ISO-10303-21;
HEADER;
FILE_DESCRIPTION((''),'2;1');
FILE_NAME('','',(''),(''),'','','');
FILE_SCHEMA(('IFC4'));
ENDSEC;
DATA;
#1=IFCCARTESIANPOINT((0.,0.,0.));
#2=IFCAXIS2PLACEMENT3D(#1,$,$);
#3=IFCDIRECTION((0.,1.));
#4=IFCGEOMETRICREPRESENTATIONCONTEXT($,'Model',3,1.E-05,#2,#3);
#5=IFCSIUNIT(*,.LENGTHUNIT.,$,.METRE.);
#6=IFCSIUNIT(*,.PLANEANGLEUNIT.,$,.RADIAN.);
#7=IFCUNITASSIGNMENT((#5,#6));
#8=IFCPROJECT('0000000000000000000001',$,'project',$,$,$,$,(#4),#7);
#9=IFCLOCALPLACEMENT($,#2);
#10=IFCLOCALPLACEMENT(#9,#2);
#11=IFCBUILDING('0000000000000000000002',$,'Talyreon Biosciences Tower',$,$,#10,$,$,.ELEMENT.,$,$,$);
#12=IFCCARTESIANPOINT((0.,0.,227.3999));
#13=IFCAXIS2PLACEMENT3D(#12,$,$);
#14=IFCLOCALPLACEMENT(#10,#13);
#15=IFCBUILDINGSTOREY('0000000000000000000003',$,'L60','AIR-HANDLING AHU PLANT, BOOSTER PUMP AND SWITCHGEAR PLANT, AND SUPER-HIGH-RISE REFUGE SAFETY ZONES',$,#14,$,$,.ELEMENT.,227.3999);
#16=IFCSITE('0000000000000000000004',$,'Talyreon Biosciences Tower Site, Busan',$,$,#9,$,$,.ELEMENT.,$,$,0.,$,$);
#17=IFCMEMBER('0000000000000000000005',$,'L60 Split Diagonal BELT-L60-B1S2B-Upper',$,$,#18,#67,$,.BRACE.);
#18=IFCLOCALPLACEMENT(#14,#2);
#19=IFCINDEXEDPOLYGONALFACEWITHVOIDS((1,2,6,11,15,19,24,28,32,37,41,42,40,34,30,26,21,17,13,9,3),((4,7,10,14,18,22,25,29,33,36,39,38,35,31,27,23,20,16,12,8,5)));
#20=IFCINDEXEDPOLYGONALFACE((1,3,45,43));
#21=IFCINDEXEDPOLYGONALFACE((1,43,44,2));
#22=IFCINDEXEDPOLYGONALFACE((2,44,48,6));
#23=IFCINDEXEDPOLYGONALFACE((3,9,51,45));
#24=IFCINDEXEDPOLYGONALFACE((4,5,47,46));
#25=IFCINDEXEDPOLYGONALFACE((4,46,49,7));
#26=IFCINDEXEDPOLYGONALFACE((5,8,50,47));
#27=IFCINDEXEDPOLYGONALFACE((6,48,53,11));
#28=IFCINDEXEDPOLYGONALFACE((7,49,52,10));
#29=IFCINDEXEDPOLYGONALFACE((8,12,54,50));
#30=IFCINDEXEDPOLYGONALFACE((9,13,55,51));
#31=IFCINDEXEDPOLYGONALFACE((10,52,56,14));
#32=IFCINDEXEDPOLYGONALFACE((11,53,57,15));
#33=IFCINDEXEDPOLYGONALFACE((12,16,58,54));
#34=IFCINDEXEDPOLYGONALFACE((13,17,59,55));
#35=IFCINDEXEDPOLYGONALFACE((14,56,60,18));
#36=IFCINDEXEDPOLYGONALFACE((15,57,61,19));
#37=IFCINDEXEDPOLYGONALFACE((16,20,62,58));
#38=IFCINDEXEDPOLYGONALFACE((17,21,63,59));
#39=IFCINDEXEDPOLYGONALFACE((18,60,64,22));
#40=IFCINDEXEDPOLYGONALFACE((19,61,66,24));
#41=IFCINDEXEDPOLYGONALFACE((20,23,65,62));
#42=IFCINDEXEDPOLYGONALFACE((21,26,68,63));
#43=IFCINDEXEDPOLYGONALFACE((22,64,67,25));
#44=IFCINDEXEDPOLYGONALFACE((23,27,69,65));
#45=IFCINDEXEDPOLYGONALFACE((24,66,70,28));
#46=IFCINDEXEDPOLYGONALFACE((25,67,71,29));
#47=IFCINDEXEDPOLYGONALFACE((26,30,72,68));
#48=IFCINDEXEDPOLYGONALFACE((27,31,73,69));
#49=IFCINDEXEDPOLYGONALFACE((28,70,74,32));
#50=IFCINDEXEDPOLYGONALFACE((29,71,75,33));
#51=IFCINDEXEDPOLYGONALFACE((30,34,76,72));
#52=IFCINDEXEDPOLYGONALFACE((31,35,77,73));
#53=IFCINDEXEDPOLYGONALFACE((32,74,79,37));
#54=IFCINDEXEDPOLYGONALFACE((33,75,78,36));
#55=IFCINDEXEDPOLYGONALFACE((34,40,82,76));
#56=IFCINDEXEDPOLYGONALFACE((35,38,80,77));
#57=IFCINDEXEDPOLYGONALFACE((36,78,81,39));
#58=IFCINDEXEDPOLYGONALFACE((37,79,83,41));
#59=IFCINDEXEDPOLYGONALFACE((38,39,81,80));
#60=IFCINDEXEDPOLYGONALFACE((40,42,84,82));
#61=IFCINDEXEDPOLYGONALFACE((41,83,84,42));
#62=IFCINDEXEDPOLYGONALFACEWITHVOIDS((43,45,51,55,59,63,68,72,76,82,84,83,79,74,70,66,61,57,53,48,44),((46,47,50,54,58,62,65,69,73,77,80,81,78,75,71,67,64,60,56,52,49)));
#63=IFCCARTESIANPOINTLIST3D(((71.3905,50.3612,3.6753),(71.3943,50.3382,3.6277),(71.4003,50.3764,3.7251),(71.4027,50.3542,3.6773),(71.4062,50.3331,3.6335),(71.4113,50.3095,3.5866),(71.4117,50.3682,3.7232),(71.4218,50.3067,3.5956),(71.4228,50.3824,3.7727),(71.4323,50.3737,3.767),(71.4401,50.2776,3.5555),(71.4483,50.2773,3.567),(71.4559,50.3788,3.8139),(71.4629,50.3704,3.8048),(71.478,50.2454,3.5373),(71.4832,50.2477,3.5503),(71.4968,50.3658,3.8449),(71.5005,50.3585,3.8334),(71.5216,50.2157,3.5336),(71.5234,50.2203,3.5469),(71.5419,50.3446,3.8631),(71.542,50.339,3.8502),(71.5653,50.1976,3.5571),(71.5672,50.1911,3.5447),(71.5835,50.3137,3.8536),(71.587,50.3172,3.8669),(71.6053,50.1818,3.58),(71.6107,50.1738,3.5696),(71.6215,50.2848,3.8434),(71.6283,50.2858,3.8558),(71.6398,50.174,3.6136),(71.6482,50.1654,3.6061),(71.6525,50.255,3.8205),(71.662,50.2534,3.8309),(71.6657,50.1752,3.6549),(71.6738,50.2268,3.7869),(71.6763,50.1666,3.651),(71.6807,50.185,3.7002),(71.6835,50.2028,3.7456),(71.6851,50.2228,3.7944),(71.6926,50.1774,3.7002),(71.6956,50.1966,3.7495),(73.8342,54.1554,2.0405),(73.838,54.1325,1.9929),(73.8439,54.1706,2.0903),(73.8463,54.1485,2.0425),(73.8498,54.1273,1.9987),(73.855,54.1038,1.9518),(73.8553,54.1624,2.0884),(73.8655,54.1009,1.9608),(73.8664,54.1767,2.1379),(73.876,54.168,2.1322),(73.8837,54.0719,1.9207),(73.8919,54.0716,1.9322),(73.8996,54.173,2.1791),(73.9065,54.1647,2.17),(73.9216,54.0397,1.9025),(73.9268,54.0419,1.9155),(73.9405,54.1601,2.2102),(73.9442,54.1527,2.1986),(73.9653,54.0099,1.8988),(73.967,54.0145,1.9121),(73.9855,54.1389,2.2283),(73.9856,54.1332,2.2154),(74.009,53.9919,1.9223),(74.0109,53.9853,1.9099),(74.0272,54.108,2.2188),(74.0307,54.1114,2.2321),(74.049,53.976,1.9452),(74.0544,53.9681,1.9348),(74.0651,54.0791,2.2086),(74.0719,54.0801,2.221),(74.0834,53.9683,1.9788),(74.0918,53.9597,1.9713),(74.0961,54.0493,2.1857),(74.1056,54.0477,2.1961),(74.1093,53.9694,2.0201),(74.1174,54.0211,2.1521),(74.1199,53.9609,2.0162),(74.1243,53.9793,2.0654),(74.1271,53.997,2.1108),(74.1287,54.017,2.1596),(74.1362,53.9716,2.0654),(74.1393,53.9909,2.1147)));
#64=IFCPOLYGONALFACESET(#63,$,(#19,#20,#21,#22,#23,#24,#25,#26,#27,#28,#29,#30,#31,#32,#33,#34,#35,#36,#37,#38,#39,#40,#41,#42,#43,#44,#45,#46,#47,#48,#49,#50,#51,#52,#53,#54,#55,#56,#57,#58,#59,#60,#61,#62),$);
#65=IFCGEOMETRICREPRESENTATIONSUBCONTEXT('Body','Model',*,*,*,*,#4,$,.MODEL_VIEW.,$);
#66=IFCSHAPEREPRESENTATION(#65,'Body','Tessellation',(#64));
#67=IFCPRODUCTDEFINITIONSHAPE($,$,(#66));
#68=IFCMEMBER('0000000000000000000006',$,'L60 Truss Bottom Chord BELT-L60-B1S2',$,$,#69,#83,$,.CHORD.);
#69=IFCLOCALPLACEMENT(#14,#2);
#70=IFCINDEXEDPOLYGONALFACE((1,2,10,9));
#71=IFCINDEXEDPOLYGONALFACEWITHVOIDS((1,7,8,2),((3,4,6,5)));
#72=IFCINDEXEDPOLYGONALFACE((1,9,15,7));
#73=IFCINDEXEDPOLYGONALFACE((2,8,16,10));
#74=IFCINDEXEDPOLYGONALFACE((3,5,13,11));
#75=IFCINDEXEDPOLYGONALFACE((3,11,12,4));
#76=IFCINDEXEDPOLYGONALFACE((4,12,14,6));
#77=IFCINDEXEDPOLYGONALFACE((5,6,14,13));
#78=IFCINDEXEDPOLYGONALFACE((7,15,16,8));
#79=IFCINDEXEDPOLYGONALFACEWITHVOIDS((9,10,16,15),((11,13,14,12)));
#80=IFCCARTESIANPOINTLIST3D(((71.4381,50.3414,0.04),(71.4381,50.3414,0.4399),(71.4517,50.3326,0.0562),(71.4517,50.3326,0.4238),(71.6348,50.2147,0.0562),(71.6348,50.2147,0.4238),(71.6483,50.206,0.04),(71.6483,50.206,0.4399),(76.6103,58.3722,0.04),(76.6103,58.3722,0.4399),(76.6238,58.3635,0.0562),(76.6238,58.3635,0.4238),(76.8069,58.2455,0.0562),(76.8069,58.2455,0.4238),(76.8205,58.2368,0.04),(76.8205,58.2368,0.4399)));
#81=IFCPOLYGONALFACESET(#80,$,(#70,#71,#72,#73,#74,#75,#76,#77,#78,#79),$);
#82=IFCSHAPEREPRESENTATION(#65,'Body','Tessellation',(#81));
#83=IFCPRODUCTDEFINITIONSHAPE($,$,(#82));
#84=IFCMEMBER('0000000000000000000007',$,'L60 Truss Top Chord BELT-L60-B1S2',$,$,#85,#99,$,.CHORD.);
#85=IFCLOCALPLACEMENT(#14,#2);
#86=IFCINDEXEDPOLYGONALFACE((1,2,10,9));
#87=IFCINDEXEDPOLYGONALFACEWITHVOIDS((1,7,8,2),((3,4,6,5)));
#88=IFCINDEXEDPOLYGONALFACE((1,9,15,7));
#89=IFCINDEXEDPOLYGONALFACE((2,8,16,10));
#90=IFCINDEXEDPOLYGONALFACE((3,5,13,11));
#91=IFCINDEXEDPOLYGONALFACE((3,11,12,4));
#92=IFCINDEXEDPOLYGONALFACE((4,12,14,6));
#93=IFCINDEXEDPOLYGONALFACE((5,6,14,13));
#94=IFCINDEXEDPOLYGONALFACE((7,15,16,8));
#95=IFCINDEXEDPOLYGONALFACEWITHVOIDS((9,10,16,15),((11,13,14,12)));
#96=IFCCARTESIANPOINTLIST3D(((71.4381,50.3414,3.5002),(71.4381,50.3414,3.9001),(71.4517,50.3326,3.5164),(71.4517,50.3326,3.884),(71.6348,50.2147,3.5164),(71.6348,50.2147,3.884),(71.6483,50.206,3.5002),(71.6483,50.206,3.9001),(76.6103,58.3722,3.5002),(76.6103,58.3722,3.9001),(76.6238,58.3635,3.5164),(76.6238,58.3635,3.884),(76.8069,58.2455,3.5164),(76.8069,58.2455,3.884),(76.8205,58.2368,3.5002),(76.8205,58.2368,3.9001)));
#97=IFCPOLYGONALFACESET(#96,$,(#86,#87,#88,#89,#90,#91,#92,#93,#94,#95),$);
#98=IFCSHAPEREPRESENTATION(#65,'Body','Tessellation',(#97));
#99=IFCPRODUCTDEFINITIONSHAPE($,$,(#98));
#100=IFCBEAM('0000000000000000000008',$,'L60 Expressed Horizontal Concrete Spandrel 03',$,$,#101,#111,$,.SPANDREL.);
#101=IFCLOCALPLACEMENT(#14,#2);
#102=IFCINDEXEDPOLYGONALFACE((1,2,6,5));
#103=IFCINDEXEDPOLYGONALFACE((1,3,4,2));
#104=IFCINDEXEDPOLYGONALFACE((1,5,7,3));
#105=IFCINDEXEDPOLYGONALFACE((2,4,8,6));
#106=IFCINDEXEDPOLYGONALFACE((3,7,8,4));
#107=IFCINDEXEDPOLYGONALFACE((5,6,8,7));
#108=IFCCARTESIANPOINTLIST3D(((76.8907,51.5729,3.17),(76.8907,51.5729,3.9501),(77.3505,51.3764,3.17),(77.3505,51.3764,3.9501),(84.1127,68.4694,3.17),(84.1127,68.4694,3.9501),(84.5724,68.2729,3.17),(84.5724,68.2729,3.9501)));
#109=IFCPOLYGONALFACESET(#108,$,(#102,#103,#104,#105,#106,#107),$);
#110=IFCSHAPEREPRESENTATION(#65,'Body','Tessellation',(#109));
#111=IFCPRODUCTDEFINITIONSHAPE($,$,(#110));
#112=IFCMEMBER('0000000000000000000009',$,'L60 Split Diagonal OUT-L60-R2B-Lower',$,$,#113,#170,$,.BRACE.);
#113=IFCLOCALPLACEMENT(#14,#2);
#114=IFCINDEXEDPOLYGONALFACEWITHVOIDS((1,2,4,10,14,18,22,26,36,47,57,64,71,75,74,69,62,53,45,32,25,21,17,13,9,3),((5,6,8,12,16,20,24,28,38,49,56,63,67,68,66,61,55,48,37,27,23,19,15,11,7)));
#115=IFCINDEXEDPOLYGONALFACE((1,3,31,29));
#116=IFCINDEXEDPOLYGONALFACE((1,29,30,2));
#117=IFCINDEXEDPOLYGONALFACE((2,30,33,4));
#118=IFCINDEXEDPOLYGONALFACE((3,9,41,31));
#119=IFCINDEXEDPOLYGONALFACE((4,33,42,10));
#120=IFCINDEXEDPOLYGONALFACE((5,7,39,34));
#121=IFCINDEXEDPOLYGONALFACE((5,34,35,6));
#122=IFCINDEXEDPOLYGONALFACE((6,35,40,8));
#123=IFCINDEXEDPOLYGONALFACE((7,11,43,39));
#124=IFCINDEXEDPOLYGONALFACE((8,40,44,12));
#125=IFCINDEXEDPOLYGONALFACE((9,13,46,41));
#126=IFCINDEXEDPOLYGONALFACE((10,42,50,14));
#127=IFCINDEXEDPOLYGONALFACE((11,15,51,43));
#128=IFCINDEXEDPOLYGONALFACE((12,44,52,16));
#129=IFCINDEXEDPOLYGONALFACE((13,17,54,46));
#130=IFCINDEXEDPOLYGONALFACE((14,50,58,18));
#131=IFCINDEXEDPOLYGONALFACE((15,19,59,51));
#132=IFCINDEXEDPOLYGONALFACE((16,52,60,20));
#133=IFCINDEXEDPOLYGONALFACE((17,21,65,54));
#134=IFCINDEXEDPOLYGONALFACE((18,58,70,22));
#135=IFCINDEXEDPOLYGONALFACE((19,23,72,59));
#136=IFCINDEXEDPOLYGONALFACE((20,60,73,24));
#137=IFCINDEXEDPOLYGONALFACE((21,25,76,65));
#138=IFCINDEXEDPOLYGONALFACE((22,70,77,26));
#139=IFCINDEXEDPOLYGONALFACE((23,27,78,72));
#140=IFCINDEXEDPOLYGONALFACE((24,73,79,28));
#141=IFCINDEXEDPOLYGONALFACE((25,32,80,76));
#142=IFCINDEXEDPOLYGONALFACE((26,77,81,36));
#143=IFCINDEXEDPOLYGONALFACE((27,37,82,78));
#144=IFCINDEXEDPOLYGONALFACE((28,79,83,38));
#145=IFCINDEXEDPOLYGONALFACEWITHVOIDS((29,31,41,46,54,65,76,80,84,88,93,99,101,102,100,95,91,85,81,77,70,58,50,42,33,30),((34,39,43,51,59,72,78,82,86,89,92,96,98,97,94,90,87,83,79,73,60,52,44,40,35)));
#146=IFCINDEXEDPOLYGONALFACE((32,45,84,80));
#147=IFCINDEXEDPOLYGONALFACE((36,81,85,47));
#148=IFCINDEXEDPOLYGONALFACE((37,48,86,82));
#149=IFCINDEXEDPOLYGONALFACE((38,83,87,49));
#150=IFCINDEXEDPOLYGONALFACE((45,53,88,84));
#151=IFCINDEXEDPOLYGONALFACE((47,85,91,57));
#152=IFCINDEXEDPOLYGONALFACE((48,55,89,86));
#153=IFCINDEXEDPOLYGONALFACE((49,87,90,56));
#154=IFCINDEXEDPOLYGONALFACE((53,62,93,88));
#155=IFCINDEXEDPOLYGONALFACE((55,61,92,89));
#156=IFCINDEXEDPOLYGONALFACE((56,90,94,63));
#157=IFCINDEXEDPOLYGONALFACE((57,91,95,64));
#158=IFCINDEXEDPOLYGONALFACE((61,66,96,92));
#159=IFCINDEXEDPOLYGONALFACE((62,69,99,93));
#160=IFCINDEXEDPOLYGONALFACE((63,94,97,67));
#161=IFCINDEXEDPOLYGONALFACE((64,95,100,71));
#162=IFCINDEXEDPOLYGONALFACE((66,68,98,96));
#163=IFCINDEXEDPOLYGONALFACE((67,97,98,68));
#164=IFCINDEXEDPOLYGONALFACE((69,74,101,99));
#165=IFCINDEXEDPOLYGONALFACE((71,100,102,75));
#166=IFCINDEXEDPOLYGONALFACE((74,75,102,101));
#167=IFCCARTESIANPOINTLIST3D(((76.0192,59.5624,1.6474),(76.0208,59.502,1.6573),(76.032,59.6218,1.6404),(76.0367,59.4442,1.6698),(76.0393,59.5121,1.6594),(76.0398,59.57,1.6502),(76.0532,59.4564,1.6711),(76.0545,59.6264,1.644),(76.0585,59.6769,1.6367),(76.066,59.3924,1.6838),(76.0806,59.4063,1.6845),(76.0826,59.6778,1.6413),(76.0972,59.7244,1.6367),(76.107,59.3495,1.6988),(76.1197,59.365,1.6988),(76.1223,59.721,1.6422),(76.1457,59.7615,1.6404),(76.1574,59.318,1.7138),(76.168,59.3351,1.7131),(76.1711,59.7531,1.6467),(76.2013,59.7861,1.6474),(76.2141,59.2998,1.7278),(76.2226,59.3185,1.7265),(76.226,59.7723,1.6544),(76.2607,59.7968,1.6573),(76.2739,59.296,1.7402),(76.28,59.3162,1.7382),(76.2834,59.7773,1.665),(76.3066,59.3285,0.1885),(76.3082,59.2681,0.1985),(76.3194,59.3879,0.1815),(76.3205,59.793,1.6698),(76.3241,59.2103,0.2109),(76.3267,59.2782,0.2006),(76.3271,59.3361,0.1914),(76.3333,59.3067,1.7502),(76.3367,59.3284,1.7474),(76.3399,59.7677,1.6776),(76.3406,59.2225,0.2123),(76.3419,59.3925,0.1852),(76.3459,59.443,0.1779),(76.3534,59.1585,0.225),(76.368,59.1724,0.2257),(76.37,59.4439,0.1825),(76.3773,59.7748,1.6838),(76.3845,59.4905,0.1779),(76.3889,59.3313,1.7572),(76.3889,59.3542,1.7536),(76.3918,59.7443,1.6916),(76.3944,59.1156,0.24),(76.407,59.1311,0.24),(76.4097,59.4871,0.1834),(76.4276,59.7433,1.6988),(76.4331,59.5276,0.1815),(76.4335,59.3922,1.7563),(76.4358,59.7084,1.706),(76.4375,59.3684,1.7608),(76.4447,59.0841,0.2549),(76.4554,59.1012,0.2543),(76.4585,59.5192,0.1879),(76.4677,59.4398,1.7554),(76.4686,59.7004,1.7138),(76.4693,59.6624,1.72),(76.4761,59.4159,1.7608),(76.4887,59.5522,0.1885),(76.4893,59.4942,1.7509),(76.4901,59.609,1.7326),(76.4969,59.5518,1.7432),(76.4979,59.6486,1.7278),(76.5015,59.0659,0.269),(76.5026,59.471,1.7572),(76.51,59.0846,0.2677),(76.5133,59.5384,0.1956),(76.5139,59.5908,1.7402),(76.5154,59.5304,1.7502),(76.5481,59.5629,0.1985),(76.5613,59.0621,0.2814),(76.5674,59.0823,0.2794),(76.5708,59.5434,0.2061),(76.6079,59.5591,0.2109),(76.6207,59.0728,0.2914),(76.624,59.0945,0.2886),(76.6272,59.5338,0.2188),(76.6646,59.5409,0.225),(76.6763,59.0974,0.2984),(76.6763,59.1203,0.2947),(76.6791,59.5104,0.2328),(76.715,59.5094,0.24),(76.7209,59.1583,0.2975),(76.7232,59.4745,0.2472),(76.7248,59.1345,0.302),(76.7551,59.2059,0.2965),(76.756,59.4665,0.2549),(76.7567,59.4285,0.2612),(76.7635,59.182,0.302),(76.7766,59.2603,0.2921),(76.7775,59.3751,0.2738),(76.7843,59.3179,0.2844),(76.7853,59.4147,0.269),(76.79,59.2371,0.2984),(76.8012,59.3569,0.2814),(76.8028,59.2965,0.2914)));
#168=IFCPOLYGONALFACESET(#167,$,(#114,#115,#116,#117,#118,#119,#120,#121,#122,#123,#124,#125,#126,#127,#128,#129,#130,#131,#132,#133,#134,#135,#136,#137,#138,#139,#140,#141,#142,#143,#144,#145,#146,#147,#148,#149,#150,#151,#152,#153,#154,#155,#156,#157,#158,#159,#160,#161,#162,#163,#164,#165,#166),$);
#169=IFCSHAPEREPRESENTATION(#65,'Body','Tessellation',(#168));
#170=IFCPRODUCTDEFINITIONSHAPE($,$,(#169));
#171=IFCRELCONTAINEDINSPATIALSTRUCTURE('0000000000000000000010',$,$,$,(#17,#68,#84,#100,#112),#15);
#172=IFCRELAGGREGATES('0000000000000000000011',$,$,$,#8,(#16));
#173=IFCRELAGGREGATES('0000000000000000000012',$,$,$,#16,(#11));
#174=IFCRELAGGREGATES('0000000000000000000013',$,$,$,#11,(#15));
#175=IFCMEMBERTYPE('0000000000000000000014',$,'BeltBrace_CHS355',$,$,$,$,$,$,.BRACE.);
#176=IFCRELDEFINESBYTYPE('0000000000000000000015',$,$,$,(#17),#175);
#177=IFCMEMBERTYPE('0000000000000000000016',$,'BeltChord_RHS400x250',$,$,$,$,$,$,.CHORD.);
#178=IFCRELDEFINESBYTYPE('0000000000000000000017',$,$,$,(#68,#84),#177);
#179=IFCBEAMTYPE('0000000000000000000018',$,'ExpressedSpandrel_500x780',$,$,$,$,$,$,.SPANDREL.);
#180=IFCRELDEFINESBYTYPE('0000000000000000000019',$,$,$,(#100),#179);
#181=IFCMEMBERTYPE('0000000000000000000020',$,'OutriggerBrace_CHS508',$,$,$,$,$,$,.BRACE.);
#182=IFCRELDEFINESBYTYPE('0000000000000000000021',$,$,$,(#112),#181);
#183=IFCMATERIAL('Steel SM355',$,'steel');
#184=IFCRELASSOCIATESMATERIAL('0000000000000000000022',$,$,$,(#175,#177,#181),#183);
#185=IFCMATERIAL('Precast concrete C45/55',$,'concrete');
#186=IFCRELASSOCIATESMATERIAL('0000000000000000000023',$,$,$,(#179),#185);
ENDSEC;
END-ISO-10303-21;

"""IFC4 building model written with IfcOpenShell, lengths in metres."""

from ifc_helpers import new_model, si_unit, direction, frame, origin, origin_2d, place, context, subcontext, project, spatial, rectangle, hollow_rectangle, hollow_circle, extrude, material, material_profile, profile_set, type_object, element, save


model = new_model("IFC4")

# Units and contexts
model_context = context("Model", 3, precision=1e-05, world=origin(), true_north=direction((0.0, 1.0)))
body_context = subcontext(model_context, "Body", "Model", "MODEL_VIEW")
ifc_project = project(units=[si_unit("LENGTHUNIT", "METRE"), si_unit("PLANEANGLEUNIT", "RADIAN")], contexts=[model_context])

# Site, building, storey
site_placement = place(None, origin())
site = spatial("IfcSite", under=ifc_project, at=site_placement, Name="Talyreon Biosciences Tower Site, Busan", CompositionType="ELEMENT", RefElevation=0.0)
building_placement = place(site_placement, origin())
building = spatial("IfcBuilding", under=site, at=building_placement, Name="Talyreon Biosciences Tower", CompositionType="ELEMENT")
storey_placement = place(building_placement, frame((0.0, 0.0, 227.3999)))
storey = spatial("IfcBuildingStorey", under=building, at=storey_placement, Name="L60", Description="AIR-HANDLING AHU PLANT, BOOSTER PUMP AND SWITCHGEAR PLANT, AND SUPER-HIGH-RISE REFUGE SAFETY ZONES", CompositionType="ELEMENT", Elevation=227.3999)

# Shared definitions
ifc_material_1 = material(Name="Precast concrete C45/55", Category="concrete")

# Members
ifc_material_2 = material(Name="Steel SM355", Category="steel")
ifc_material_profile_1 = material_profile(ifc_material_2, hollow_circle(Radius=0.1777, WallThickness=0.0142, at=origin_2d()), Name="CHS 355.6x14.2")
ifc_profile_set_1 = profile_set([ifc_material_profile_1], Name="Steel SM355")
member_type_1 = type_object("IfcMemberType", Name="BeltBrace_CHS355", PredefinedType="BRACE", material=ifc_profile_set_1)
member_1_placement = place(storey_placement, frame((73.9868, 54.0679, 2.0654), z_axis=(-0.509089, -0.790464, 0.34058), x_axis=(0.840726, -0.54146, 0.0)))
element("IfcMember", 1, at=member_1_placement, inside=storey, type_object=member_type_1, Name="L60 Split Diagonal BELT-L60-B1S2B-Upper", PredefinedType="BRACE", context=body_context, shape_type="SweptSolid", body=[
    extrude(hollow_circle(Radius=0.1777, WallThickness=0.0142, at=origin_2d()), origin(), (0.0, 0.0, 1.0), 4.8),
])
ifc_material_profile_2 = material_profile(ifc_material_2, hollow_rectangle(XDim=0.25, YDim=0.3999, WallThickness=0.0161, at=origin_2d()), Name="RHS 400x250x16")
ifc_profile_set_2 = profile_set([ifc_material_profile_2], Name="Steel SM355")
member_type_2 = type_object("IfcMemberType", Name="BeltChord_RHS400x250", PredefinedType="CHORD", material=ifc_profile_set_2)
for number, where, z_axis, x_axis, name in (
    (2, (71.5432, 50.2737, 0.24), (0.54146, 0.840726, 0.0), (-0.840726, 0.54146, 0.0), "L60 Truss Bottom Chord BELT-L60-B1S2"),
    (3, (71.5432, 50.2737, 3.7002), (0.54146, 0.840726, 0.0), (-0.840726, 0.54146, 0.0), "L60 Truss Top Chord BELT-L60-B1S2"),
):
    element("IfcMember", number, at=place(storey_placement, frame(where, z_axis=z_axis, x_axis=x_axis)), inside=storey, type_object=member_type_2, Name=name, PredefinedType="CHORD", context=body_context, shape_type="SweptSolid", body=[
        extrude(hollow_rectangle(XDim=0.25, YDim=0.3999, WallThickness=0.0161, at=origin_2d()), origin(), (0.0, 0.0, 1.0), 9.5522),
    ])

# Beam
ifc_material_profile_3 = material_profile(ifc_material_1, rectangle(XDim=0.5, YDim=0.78, at=origin_2d()), Name="RCB 500x780")
ifc_profile_set_3 = profile_set([ifc_material_profile_3], Name="Precast concrete C45/55")
beam_type_1 = type_object("IfcBeamType", Name="ExpressedSpandrel_500x780", PredefinedType="SPANDREL", material=ifc_profile_set_3)
beam_1_placement = place(storey_placement, frame((77.1206, 51.4746, 3.5601), z_axis=(0.393026, 0.919527, 0.0), x_axis=(-0.919527, 0.393026, 0.0)))
element("IfcBeam", 4, at=beam_1_placement, inside=storey, type_object=beam_type_1, Name="L60 Expressed Horizontal Concrete Spandrel 03", PredefinedType="SPANDREL", context=body_context, shape_type="SweptSolid", body=[
    extrude(rectangle(XDim=0.5, YDim=0.78, at=origin_2d()), origin(), (0.0, 0.0, 1.0), 18.3752),
])

# Member
ifc_material_profile_4 = material_profile(ifc_material_2, hollow_circle(Radius=0.2539, WallThickness=0.02, at=origin_2d()), Name="CHS 508x20")
ifc_profile_set_4 = profile_set([ifc_material_profile_4], Name="Steel SM355")
member_type_3 = type_object("IfcMemberType", Name="OutriggerBrace_CHS508", PredefinedType="BRACE", material=ifc_profile_set_4)
member_2_placement = place(storey_placement, frame((76.5547, 59.3125, 0.24), z_axis=(-0.190925, 0.155401, 0.969226), x_axis=(-0.631262, -0.77557, 0.0)))
element("IfcMember", 5, at=member_2_placement, inside=storey, type_object=member_type_3, Name="L60 Split Diagonal OUT-L60-R2B-Lower", PredefinedType="BRACE", context=body_context, shape_type="SweptSolid", body=[
    extrude(hollow_circle(Radius=0.2539, WallThickness=0.02, at=origin_2d()), origin(), (0.0, 0.0, 1.0), 1.5051),
])

save(model, "model.ifc")
